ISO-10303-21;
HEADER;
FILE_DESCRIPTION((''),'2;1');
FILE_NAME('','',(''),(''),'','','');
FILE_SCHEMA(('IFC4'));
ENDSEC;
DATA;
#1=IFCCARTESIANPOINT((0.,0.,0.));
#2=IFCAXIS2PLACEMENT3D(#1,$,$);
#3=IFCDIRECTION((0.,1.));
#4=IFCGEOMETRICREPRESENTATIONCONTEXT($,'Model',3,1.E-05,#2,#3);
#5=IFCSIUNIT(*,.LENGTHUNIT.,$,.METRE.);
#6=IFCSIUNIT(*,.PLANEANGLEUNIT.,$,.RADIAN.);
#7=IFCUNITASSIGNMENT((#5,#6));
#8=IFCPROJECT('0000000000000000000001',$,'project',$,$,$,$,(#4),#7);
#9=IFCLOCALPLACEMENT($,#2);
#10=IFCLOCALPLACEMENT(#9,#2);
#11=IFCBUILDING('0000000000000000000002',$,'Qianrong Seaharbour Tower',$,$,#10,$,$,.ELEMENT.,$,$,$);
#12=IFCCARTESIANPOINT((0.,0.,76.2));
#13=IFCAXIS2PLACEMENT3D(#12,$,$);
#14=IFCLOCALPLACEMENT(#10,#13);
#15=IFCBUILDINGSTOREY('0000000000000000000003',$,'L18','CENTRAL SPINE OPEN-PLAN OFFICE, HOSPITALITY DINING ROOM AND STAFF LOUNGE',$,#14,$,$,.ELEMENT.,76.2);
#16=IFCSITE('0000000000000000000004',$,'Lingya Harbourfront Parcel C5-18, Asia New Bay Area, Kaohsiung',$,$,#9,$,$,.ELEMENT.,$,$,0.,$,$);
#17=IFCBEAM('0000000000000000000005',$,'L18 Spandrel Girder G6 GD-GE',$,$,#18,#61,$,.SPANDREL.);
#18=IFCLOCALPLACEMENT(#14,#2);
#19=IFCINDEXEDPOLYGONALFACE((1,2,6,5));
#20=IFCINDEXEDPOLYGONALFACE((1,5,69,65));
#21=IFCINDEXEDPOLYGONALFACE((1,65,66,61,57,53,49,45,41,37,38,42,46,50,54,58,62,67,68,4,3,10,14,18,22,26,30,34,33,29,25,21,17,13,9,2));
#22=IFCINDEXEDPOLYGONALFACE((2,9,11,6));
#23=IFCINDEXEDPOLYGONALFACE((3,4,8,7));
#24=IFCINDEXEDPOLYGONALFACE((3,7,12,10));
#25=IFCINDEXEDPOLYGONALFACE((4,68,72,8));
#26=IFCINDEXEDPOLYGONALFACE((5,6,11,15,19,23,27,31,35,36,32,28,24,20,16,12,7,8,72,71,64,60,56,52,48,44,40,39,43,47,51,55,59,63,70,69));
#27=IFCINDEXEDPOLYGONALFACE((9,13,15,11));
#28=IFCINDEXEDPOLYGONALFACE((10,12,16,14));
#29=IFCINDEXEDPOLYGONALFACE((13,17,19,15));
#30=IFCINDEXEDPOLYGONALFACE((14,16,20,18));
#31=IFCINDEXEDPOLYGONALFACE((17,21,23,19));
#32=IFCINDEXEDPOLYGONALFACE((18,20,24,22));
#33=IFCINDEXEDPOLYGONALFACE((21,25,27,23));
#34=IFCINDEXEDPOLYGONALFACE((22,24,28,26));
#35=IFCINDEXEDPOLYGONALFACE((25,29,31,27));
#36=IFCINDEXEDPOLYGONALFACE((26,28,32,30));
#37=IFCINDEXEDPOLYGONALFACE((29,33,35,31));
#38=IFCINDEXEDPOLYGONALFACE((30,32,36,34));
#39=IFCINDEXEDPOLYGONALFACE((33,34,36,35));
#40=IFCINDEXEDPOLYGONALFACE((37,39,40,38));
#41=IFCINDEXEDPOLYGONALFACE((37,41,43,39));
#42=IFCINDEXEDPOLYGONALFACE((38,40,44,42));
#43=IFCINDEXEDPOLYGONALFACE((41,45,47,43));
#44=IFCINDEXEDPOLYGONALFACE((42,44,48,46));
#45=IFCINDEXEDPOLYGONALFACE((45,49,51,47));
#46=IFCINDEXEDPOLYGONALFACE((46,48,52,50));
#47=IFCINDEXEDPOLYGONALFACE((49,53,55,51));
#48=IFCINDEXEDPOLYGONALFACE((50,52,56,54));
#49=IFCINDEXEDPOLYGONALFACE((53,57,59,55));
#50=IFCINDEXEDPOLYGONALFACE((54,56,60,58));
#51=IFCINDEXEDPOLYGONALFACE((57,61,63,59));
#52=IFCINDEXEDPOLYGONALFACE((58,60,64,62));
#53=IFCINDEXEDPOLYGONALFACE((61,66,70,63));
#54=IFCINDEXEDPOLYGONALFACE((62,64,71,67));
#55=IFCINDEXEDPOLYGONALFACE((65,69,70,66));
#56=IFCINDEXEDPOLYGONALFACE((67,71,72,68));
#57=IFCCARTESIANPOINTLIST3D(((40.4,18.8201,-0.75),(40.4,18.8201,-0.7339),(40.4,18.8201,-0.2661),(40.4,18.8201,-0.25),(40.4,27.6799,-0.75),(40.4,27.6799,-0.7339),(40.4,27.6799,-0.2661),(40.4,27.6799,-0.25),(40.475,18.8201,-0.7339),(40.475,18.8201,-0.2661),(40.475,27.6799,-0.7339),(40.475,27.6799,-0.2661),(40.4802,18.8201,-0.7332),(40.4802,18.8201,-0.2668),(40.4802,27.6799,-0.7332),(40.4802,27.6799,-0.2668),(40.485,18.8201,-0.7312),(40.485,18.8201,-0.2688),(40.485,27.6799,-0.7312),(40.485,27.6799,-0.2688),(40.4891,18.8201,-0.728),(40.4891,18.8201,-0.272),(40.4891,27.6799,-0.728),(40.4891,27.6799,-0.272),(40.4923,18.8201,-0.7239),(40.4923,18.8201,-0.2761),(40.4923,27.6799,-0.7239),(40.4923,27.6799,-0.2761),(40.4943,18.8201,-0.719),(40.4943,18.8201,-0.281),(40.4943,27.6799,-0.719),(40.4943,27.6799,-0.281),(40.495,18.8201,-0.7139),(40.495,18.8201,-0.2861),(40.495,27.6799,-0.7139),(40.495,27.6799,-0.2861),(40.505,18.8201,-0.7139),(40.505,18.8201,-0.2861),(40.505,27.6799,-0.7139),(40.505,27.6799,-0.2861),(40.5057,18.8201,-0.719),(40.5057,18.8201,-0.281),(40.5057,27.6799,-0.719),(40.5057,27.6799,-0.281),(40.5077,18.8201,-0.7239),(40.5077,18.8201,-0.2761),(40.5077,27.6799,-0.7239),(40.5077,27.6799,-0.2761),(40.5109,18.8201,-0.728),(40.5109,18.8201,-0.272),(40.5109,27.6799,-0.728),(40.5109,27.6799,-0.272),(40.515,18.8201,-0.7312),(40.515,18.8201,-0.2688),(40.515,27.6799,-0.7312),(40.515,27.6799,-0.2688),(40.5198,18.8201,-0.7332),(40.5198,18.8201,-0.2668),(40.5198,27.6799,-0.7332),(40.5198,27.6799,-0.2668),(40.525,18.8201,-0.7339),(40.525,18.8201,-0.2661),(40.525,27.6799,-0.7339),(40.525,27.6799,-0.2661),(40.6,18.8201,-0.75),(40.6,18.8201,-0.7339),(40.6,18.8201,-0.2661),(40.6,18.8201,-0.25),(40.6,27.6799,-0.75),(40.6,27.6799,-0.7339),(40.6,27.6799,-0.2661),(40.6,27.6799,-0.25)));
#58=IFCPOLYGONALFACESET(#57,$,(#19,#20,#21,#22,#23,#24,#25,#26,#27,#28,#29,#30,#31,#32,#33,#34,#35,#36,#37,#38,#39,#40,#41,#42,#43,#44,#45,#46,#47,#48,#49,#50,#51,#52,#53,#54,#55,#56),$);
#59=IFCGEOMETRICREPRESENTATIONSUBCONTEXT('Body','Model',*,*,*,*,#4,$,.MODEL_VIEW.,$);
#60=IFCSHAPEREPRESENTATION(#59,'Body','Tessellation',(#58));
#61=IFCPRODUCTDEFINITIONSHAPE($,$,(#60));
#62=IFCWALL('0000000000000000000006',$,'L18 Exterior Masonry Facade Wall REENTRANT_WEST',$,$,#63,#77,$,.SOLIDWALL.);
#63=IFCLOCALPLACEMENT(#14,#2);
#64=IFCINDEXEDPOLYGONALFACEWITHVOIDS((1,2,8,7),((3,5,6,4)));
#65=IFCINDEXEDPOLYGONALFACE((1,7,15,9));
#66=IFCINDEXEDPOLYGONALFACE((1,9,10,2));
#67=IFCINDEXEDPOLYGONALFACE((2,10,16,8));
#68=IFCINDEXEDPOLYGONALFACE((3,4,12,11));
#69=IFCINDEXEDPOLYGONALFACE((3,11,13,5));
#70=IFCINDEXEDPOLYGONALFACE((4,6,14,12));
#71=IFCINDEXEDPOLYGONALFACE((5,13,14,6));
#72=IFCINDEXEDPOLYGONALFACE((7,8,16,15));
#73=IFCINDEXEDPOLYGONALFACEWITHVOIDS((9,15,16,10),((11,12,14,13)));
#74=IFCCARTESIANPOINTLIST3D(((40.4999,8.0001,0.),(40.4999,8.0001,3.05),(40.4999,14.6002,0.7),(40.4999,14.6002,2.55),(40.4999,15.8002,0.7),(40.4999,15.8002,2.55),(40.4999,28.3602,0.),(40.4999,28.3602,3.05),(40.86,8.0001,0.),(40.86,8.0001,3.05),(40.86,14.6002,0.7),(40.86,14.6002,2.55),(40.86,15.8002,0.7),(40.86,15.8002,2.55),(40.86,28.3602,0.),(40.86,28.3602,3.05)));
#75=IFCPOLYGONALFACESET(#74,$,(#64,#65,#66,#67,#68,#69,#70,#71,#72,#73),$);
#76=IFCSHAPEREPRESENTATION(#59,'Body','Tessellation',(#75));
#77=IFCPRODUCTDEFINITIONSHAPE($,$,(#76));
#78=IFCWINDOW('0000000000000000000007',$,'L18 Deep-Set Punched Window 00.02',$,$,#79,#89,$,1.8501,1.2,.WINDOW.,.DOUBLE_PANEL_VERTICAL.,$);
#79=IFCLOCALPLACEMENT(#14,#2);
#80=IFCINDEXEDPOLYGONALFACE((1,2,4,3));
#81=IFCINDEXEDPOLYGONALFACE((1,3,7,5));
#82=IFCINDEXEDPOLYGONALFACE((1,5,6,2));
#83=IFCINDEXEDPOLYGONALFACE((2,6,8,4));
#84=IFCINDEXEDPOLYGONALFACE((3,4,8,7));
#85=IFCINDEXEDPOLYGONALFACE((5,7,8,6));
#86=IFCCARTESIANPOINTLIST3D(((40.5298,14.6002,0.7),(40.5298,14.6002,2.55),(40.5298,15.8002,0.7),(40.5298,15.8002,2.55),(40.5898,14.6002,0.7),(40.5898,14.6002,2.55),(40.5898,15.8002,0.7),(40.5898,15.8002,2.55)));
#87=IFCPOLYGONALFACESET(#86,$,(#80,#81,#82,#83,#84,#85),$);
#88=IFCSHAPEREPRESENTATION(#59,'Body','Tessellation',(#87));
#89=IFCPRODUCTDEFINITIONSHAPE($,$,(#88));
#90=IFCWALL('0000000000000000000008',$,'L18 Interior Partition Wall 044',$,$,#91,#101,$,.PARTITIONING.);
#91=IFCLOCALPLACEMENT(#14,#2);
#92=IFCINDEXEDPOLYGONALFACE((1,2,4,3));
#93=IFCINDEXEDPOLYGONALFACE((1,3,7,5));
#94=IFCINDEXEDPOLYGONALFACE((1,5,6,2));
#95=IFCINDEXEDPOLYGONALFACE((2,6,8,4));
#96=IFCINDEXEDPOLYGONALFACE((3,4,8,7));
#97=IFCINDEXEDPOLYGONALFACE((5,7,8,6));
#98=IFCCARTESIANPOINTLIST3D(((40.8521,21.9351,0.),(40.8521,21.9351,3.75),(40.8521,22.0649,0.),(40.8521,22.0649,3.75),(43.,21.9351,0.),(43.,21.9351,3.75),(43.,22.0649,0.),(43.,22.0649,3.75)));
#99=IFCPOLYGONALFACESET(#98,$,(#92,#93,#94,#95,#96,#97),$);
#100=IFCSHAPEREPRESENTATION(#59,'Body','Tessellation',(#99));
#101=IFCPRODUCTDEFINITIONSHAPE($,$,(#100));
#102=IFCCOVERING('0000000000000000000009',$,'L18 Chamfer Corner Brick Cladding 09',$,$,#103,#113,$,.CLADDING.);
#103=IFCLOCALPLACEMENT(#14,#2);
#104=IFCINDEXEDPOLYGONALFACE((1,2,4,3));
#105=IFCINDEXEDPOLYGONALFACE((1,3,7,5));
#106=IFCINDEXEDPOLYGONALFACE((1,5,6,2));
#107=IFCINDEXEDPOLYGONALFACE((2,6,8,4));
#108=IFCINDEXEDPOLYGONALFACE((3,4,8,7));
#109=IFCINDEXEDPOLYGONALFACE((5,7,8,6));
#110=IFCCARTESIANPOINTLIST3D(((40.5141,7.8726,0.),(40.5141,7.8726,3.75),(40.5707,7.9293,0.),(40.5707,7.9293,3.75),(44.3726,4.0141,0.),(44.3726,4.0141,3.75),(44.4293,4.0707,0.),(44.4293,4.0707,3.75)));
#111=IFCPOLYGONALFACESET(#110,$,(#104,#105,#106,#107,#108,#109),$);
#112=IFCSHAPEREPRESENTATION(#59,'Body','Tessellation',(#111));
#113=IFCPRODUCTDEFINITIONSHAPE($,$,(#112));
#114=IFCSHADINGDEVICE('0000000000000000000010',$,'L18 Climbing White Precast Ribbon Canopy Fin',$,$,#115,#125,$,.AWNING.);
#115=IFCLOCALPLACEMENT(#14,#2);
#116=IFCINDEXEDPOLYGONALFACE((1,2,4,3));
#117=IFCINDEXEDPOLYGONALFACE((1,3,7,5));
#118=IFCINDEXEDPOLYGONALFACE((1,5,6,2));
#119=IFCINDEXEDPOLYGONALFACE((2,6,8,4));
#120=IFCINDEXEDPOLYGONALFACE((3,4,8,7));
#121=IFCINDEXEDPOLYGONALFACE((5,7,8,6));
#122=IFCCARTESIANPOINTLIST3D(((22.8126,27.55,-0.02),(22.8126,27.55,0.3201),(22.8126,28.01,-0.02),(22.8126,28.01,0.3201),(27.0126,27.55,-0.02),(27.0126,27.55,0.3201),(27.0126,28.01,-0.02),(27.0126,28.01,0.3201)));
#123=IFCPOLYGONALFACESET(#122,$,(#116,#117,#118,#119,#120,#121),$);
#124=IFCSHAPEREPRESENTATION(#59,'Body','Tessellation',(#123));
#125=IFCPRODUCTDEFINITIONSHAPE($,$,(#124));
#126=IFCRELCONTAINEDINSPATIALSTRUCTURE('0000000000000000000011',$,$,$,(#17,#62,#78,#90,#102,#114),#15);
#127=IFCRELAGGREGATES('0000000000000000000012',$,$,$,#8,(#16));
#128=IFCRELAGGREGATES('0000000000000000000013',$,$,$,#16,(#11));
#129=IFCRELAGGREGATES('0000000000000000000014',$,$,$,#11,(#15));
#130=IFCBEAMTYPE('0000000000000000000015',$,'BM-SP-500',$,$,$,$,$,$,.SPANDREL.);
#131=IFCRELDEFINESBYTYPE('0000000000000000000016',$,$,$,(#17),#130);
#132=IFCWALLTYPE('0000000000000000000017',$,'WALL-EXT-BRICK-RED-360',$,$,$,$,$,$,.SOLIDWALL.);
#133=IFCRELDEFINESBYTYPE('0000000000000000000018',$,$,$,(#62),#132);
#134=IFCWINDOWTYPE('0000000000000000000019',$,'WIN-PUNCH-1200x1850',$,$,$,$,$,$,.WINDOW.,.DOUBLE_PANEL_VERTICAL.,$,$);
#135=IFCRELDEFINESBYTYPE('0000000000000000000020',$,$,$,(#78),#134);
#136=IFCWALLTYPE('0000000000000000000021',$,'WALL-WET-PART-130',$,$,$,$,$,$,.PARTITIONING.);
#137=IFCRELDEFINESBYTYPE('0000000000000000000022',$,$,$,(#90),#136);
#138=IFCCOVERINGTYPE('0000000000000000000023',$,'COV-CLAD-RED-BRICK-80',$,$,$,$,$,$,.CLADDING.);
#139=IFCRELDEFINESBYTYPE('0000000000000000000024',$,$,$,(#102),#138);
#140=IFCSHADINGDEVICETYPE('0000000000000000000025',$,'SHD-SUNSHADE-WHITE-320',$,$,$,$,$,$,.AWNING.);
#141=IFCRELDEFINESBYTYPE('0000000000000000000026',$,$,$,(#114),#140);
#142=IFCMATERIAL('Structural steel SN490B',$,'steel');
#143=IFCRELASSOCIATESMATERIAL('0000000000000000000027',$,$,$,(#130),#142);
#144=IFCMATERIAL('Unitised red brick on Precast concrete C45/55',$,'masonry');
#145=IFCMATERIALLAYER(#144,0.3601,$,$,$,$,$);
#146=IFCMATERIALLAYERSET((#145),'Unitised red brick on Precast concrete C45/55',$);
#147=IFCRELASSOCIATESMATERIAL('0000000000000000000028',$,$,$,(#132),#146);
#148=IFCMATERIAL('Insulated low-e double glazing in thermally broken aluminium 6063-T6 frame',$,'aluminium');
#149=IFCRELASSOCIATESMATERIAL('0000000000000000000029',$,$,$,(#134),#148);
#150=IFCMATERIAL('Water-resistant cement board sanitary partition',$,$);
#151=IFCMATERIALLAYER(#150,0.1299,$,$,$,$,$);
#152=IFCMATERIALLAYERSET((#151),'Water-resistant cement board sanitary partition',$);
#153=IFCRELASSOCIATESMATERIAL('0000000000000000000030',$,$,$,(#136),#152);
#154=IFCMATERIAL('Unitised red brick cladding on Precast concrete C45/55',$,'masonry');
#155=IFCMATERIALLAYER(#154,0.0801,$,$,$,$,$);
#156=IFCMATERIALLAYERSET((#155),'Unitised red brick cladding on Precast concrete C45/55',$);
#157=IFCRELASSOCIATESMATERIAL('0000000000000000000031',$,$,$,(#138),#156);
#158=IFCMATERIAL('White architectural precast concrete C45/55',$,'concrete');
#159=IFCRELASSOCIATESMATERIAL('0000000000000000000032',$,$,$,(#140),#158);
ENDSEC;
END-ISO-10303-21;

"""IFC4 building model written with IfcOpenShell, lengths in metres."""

from ifc_helpers import new_model, si_unit, direction, frame, frame_2d, origin, origin_2d, place, context, subcontext, project, spatial, rectangle, i_section, extrude, material, layer, layer_set, material_profile, profile_set, type_object, element, fill, save


model = new_model("IFC4")

# Units and contexts
model_context = context("Model", 3, precision=1e-05, world=origin(), true_north=direction((0.0, 1.0)))
body_context = subcontext(model_context, "Body", "Model", "MODEL_VIEW")
ifc_project = project(units=[si_unit("LENGTHUNIT", "METRE"), si_unit("PLANEANGLEUNIT", "RADIAN")], contexts=[model_context])

# Site, building, storey
site_placement = place(None, origin())
site = spatial("IfcSite", under=ifc_project, at=site_placement, Name="Lingya Harbourfront Parcel C5-18, Asia New Bay Area, Kaohsiung", CompositionType="ELEMENT", RefElevation=0.0)
building_placement = place(site_placement, origin())
building = spatial("IfcBuilding", under=site, at=building_placement, Name="Qianrong Seaharbour Tower", CompositionType="ELEMENT")
storey_placement = place(building_placement, frame((0.0, 0.0, 76.2)))
storey = spatial("IfcBuildingStorey", under=building, at=storey_placement, Name="L18", Description="CENTRAL SPINE OPEN-PLAN OFFICE, HOSPITALITY DINING ROOM AND STAFF LOUNGE", CompositionType="ELEMENT", Elevation=76.2)

# Shared definitions
ifc_material_1 = material(Name="Structural steel SN490B", Category="steel")

# Beam
ifc_material_profile_1 = material_profile(ifc_material_1, i_section(OverallWidth=0.2, OverallDepth=0.5, WebThickness=0.01, FlangeThickness=0.0161, FilletRadius=0.02, at=origin_2d()), Name="H500x200x10x16")
ifc_profile_set_1 = profile_set([ifc_material_profile_1], Name="Structural steel SN490B")
beam_type_1 = type_object("IfcBeamType", Name="BM-SP-500", PredefinedType="SPANDREL", material=ifc_profile_set_1)
beam_1_placement = place(storey_placement, frame((40.5, 18.8201, -0.5), z_axis=(0.0, 1.0, 0.0), x_axis=(-1.0, 0.0, 0.0)))
element("IfcBeam", 1, at=beam_1_placement, inside=storey, type_object=beam_type_1, Name="L18 Spandrel Girder G6 GD-GE", PredefinedType="SPANDREL", context=body_context, shape_type="SweptSolid", body=[
    extrude(i_section(OverallWidth=0.2, OverallDepth=0.5, WebThickness=0.01, FlangeThickness=0.0161, FilletRadius=0.02, at=origin_2d()), origin(), (0.0, 0.0, 1.0), 8.8599),
])

# Wall, opening, window
ifc_material_2 = material(Name="Unitised red brick on Precast concrete C45/55", Category="masonry")
ifc_layer_1 = layer(ifc_material_2, 0.3601)
ifc_layer_set_1 = layer_set([ifc_layer_1], Name="Unitised red brick on Precast concrete C45/55")
wall_type_1 = type_object("IfcWallType", Name="WALL-EXT-BRICK-RED-360", PredefinedType="SOLIDWALL", material=ifc_layer_set_1)
wall_1_placement = place(storey_placement, frame((40.6799, 8.0, 0.0), z_axis=(0.0, 0.0, 1.0), x_axis=(0.0, 1.0, 0.0)))
wall_1 = element("IfcWall", 2, at=wall_1_placement, inside=storey, type_object=wall_type_1, Name="L18 Exterior Masonry Facade Wall REENTRANT_WEST", PredefinedType="SOLIDWALL", context=body_context, shape_type="SweptSolid", body=[
    extrude(rectangle(XDim=20.3601, YDim=0.3601, at=frame_2d((10.1802, 0.0))), origin(), (0.0, 0.0, 1.0), 3.05),
])
opening_placement = place(wall_1_placement, frame((6.6001, 0.0, 0.7)))
opening = element("IfcOpeningElement", 3, at=opening_placement, cuts=wall_1, PredefinedType="OPENING", context=body_context, shape_type="SweptSolid", body=[
    extrude(rectangle(XDim=1.2, YDim=1.8501, at=frame_2d((0.6001, 0.925))), frame((0.0, 0.1899, 0.0), z_axis=(0.0, -1.0, 0.0), x_axis=(1.0, 0.0, 0.0)), (0.0, 0.0, 1.0), 0.3801),
])
ifc_material_3 = material(Name="Insulated low-e double glazing in thermally broken aluminium 6063-T6 frame", Category="aluminium")
window_type = type_object("IfcWindowType", Name="WIN-PUNCH-1200x1850", PartitioningType="DOUBLE_PANEL_VERTICAL", PredefinedType="WINDOW", material=ifc_material_3)
window_placement = place(opening_placement, origin())
window = element("IfcWindow", 4, at=window_placement, inside=storey, type_object=window_type, Name="L18 Deep-Set Punched Window 00.02", OverallHeight=1.8501, OverallWidth=1.2, PartitioningType="DOUBLE_PANEL_VERTICAL", PredefinedType="WINDOW", context=body_context, shape_type="SweptSolid", body=[
    extrude(rectangle(XDim=1.2, YDim=1.8501, at=frame_2d((0.6001, 0.925))), frame((0.0, 0.1501, 0.0), z_axis=(0.0, -1.0, 0.0), x_axis=(1.0, 0.0, 0.0)), (0.0, 0.0, 1.0), 0.0601),
])
fill(opening, window)

# Wall
ifc_material_4 = material(Name="Water-resistant cement board sanitary partition")
ifc_layer_2 = layer(ifc_material_4, 0.1299)
ifc_layer_set_2 = layer_set([ifc_layer_2], Name="Water-resistant cement board sanitary partition")
wall_type_2 = type_object("IfcWallType", Name="WALL-WET-PART-130", PredefinedType="PARTITIONING", material=ifc_layer_set_2)
wall_2_placement = place(storey_placement, frame((40.8521, 22.0, 0.0), z_axis=(0.0, 0.0, 1.0), x_axis=(1.0, 0.0, 0.0)))
element("IfcWall", 5, at=wall_2_placement, inside=storey, type_object=wall_type_2, Name="L18 Interior Partition Wall 044", PredefinedType="PARTITIONING", context=body_context, shape_type="SweptSolid", body=[
    extrude(rectangle(XDim=2.1479, YDim=0.1299, at=frame_2d((1.074, 0.0))), origin(), (0.0, 0.0, 1.0), 3.75),
])

# Covering
ifc_material_5 = material(Name="Unitised red brick cladding on Precast concrete C45/55", Category="masonry")
ifc_layer_3 = layer(ifc_material_5, 0.0801)
ifc_layer_set_3 = layer_set([ifc_layer_3], Name="Unitised red brick cladding on Precast concrete C45/55")
covering_type = type_object("IfcCoveringType", Name="COV-CLAD-RED-BRICK-80", PredefinedType="CLADDING", material=ifc_layer_set_3)
covering_placement = place(storey_placement, frame((42.4717, 5.9717, 0.0), z_axis=(0.0, 0.0, 1.0), x_axis=(-0.707107, 0.707107, 0.0)))
element("IfcCovering", 6, at=covering_placement, inside=storey, type_object=covering_type, Name="L18 Chamfer Corner Brick Cladding 09", PredefinedType="CLADDING", context=body_context, shape_type="SweptSolid", body=[
    extrude(rectangle(XDim=5.4568, YDim=0.0801, at=origin_2d()), origin(), (0.0, 0.0, 1.0), 3.75),
])

# Shading device
ifc_material_6 = material(Name="White architectural precast concrete C45/55", Category="concrete")
shading_device_type = type_object("IfcShadingDeviceType", Name="SHD-SUNSHADE-WHITE-320", PredefinedType="AWNING", material=ifc_material_6)
shading_device_placement = place(storey_placement, frame((24.9126, 27.78, -0.02), z_axis=(0.0, 0.0, 1.0), x_axis=(1.0, 0.0, 0.0)))
element("IfcShadingDevice", 7, at=shading_device_placement, inside=storey, type_object=shading_device_type, Name="L18 Climbing White Precast Ribbon Canopy Fin", PredefinedType="AWNING", context=body_context, shape_type="SweptSolid", body=[
    extrude(rectangle(XDim=4.2, YDim=0.46, at=origin_2d()), origin(), (0.0, 0.0, 1.0), 0.3401),
])

save(model, "model.ifc")
